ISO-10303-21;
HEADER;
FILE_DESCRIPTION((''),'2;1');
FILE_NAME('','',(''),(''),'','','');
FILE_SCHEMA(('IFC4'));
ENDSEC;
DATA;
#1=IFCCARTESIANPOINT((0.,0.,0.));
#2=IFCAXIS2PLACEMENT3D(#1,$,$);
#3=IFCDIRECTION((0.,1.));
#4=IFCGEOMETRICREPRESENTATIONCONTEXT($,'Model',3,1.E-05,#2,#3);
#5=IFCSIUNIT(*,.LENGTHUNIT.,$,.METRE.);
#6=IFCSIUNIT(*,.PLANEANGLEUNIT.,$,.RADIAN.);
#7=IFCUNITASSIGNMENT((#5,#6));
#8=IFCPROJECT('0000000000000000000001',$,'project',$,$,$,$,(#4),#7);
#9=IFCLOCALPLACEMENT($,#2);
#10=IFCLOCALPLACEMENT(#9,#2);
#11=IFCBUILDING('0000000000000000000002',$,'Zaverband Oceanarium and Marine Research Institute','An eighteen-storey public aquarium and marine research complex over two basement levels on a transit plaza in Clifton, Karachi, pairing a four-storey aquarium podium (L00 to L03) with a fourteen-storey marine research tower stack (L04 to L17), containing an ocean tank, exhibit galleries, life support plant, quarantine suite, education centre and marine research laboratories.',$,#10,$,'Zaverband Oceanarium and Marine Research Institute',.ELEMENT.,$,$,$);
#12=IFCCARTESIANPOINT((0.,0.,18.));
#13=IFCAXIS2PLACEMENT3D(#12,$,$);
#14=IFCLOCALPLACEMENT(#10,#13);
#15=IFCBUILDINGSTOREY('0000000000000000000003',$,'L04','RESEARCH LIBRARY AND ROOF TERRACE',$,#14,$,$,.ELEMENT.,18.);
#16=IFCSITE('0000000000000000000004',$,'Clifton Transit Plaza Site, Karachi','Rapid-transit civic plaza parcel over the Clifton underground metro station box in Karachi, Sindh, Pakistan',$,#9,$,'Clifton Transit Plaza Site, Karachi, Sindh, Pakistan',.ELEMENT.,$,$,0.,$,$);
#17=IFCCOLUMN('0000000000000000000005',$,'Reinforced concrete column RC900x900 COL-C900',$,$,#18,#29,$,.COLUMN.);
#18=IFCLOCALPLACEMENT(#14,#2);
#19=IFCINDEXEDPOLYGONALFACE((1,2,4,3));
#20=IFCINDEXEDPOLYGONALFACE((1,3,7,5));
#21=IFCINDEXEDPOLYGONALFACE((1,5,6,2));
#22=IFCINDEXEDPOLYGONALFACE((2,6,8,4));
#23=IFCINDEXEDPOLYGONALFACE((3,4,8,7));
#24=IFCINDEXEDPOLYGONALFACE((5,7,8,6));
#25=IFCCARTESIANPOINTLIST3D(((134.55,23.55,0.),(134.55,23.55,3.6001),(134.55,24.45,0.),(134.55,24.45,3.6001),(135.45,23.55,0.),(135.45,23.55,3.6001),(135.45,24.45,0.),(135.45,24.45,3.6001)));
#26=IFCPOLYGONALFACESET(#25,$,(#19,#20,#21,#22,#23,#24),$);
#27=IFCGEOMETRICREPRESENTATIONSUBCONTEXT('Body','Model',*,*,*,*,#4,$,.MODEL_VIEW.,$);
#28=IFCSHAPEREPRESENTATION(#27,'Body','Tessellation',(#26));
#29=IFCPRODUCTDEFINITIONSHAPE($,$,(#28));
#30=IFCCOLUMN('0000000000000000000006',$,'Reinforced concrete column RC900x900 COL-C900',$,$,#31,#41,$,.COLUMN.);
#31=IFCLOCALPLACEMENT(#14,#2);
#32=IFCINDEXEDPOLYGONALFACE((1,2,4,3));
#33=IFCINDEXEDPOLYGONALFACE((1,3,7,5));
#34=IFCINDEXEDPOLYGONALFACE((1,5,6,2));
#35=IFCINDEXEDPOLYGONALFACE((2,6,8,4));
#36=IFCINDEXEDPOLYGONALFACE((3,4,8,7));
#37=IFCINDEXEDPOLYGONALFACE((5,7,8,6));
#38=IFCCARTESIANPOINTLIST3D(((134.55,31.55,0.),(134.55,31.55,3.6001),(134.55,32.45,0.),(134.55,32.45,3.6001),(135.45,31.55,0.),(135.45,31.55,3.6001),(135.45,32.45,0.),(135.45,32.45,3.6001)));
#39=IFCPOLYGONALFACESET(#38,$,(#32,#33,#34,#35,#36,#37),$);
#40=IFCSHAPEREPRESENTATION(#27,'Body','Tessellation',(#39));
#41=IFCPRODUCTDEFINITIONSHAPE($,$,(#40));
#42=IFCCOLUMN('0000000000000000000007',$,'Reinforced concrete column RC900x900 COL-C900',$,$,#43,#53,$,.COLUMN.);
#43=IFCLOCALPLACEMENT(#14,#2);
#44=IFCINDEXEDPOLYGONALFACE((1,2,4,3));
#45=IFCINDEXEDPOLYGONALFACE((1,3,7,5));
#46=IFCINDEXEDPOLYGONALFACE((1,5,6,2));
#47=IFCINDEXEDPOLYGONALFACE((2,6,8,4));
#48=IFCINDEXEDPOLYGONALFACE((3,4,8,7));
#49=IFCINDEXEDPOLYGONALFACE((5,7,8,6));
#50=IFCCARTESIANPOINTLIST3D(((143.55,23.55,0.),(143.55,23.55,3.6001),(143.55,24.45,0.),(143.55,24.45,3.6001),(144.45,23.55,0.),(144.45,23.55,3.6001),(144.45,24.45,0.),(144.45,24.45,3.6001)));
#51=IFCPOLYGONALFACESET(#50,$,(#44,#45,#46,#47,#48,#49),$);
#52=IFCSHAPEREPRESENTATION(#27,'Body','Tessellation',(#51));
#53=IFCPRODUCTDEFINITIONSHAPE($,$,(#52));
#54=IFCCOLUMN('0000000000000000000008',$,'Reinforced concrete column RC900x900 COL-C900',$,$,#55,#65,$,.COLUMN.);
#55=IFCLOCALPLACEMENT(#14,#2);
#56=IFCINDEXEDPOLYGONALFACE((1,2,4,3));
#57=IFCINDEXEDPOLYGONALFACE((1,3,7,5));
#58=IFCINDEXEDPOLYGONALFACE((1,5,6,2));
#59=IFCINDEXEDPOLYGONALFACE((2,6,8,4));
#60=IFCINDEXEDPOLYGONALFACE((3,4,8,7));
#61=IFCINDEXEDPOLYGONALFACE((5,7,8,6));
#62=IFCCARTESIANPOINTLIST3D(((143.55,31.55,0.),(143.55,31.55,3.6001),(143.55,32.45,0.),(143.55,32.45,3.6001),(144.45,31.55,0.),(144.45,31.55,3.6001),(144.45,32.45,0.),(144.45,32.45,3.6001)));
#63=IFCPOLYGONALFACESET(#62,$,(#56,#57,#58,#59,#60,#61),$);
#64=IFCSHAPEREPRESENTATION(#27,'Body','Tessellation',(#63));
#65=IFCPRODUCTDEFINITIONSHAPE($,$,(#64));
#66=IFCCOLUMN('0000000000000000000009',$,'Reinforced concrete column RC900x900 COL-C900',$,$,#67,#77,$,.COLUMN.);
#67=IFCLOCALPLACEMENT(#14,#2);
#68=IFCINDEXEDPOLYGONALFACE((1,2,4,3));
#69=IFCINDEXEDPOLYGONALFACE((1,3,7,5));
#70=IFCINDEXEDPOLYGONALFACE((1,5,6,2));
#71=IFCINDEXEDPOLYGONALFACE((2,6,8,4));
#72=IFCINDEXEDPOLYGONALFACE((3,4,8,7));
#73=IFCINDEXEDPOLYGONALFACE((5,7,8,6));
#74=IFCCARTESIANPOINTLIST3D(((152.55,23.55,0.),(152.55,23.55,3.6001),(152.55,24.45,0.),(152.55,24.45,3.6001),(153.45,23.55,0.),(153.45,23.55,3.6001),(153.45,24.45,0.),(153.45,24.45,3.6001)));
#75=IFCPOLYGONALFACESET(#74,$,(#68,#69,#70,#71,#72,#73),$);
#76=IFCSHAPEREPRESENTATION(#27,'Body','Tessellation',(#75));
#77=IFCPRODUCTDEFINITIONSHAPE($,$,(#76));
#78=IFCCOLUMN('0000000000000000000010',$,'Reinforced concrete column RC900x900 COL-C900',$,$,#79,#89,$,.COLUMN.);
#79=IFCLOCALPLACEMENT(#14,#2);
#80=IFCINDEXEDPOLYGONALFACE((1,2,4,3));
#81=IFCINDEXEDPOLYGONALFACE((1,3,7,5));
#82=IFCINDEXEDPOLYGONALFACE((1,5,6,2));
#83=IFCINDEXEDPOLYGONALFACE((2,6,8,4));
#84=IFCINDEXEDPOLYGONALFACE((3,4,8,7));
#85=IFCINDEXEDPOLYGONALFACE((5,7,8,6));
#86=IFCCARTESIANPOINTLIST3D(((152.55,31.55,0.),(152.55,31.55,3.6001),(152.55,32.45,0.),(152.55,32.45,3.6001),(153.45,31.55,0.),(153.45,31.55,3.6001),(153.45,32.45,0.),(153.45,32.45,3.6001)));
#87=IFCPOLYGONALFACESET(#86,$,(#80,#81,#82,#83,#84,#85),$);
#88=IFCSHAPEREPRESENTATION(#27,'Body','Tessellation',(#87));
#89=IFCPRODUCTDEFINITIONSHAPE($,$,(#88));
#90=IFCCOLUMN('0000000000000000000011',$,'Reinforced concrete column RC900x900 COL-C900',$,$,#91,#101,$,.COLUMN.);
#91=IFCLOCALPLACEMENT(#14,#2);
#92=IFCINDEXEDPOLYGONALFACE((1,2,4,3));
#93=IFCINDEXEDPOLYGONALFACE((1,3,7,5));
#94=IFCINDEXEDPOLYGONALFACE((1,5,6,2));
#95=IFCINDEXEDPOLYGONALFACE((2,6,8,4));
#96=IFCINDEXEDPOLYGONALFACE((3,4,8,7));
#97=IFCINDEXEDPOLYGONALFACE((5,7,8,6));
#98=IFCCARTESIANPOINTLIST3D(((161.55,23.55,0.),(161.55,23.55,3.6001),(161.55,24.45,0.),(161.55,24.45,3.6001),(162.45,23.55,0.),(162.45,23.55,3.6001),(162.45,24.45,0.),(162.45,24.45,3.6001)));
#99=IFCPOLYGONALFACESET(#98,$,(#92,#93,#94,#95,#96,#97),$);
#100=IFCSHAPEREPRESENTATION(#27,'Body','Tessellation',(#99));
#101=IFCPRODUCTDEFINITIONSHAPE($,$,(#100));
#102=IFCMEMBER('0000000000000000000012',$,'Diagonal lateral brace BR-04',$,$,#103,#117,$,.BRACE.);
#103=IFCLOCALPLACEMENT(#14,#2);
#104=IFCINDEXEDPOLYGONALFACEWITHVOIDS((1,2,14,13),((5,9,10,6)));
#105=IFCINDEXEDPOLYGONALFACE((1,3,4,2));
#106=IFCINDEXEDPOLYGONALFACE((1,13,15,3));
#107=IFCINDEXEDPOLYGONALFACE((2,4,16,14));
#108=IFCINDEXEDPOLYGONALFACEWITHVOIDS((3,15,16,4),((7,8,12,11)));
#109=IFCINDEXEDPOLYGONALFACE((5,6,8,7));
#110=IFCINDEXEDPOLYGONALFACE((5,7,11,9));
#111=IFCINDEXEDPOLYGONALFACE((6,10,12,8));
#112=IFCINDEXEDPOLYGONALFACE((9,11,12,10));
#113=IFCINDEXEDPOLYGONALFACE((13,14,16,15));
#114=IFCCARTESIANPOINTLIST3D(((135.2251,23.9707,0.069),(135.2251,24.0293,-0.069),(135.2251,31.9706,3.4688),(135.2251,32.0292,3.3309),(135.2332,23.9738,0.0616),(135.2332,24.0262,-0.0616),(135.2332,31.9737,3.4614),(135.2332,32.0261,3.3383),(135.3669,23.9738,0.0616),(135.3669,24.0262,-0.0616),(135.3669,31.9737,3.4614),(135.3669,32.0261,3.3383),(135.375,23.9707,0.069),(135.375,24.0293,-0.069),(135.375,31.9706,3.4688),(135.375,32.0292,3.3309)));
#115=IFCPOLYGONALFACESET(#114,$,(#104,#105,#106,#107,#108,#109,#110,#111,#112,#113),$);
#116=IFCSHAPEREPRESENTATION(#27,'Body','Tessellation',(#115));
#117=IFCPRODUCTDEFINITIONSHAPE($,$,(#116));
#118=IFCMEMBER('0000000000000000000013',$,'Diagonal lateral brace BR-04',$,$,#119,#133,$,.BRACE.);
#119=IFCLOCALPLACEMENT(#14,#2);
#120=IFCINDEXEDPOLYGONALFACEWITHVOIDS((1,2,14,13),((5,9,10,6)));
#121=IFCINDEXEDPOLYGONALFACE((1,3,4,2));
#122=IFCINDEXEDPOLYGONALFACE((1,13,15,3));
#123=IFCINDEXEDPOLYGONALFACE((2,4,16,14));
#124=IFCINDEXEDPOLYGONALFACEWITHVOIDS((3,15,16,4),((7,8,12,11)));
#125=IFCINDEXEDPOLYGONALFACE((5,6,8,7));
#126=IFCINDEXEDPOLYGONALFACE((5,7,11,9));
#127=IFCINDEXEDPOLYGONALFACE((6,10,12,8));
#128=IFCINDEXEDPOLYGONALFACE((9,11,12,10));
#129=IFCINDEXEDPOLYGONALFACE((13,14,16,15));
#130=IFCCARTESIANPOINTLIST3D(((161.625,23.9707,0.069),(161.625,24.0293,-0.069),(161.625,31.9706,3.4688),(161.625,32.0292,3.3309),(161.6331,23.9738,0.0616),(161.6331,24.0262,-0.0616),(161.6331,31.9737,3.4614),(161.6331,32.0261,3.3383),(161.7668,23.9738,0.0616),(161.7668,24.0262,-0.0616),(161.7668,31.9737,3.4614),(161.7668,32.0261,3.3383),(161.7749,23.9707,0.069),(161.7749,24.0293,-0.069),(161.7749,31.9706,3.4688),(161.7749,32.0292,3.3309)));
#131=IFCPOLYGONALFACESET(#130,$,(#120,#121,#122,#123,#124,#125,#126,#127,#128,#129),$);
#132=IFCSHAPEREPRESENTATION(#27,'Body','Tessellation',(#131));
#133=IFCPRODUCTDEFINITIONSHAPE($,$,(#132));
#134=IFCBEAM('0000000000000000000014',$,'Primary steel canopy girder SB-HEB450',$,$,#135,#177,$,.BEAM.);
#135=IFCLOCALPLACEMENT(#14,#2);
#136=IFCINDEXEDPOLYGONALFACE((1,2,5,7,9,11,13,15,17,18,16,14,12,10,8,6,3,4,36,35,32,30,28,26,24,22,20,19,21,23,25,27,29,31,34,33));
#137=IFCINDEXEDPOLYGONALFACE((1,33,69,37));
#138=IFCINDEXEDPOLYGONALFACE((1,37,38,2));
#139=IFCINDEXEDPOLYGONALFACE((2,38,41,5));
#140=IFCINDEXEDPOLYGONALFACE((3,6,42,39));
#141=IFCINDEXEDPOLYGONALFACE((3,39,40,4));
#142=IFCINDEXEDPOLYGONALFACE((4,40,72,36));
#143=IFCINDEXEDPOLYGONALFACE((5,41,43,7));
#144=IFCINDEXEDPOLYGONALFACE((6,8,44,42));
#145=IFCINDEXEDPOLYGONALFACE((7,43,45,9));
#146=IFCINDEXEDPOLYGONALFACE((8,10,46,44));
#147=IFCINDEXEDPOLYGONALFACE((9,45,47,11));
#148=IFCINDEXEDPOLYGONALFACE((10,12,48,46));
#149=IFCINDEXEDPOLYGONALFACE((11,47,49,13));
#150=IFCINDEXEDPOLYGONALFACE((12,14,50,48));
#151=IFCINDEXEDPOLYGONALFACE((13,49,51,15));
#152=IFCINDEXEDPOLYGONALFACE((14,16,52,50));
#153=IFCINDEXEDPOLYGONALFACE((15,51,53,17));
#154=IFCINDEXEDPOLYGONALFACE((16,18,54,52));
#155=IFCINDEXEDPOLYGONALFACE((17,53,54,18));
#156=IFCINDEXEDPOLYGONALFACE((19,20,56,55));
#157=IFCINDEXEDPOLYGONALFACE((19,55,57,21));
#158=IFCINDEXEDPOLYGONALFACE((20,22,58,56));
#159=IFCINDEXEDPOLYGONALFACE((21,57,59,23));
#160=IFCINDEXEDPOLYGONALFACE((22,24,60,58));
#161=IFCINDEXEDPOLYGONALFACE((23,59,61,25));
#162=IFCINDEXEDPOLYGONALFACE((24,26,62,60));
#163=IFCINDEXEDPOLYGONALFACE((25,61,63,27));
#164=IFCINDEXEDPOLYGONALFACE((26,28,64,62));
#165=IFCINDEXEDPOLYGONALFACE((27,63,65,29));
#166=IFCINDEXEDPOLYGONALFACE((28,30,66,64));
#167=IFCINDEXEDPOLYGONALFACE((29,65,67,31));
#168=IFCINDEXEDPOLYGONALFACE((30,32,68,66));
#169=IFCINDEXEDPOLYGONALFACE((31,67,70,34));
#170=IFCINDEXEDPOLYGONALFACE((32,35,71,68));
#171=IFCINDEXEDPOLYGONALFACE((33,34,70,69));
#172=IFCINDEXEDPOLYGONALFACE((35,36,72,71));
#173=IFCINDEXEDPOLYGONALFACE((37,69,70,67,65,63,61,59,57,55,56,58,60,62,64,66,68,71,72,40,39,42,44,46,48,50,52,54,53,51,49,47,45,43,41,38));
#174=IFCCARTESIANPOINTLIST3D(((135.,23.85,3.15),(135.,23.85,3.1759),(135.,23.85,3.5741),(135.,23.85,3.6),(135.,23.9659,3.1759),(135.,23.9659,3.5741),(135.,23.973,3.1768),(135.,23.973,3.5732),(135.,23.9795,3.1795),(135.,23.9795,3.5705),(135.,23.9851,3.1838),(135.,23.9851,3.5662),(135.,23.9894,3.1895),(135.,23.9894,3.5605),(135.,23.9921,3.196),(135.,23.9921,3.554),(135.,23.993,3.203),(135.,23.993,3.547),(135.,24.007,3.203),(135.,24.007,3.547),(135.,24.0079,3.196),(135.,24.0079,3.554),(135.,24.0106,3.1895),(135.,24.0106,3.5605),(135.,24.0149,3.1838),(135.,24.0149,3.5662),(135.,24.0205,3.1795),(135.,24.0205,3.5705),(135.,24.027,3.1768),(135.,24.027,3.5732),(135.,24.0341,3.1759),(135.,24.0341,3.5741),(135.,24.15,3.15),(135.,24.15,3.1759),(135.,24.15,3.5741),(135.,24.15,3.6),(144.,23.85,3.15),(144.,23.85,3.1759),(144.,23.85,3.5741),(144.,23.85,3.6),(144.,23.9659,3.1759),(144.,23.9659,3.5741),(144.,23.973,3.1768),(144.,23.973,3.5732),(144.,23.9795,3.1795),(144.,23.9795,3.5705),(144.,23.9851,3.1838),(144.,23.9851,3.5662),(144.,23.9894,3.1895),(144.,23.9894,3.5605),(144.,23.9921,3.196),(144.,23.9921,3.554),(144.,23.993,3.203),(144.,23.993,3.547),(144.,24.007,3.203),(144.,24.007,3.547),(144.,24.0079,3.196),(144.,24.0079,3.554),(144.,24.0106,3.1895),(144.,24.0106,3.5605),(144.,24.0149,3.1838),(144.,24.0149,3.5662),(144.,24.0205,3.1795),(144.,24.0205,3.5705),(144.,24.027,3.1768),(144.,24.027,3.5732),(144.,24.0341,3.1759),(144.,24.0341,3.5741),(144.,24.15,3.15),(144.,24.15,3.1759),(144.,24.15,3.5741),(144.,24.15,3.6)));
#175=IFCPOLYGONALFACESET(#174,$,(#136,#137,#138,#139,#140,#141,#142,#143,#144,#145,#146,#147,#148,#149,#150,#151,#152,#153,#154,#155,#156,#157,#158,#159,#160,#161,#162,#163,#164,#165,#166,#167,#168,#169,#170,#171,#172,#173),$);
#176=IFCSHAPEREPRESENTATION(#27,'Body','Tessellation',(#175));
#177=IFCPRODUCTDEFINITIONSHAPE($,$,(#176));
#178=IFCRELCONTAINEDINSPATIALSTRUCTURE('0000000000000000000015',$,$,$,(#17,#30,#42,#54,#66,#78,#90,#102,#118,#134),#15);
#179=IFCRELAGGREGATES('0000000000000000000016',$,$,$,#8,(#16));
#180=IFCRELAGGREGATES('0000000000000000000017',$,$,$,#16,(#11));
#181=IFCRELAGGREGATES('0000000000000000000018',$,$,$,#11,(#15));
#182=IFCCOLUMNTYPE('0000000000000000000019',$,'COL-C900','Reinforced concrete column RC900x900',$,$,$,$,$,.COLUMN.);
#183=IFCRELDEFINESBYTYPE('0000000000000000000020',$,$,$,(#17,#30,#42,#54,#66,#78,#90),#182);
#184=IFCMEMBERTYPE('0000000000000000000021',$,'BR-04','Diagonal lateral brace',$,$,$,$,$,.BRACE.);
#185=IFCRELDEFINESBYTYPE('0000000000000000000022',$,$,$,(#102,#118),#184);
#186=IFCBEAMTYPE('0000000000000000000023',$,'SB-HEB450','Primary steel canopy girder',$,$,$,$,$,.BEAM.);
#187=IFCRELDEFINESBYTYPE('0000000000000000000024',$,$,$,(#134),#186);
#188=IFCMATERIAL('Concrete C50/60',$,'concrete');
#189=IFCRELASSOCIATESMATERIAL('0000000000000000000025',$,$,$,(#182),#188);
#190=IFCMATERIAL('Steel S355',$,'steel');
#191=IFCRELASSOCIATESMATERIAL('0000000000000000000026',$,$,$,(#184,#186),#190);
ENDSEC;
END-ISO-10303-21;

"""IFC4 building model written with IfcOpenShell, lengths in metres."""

from ifc_helpers import new_model, si_unit, direction, frame, origin, origin_2d, place, context, subcontext, project, spatial, rectangle, hollow_rectangle, i_section, extrude, material, material_profile, profile_set, type_object, element, save


model = new_model("IFC4")

# Units and contexts
model_context = context("Model", 3, precision=1e-05, world=origin(), true_north=direction((0.0, 1.0)))
body_context = subcontext(model_context, "Body", "Model", "MODEL_VIEW")
ifc_project = project(units=[si_unit("LENGTHUNIT", "METRE"), si_unit("PLANEANGLEUNIT", "RADIAN")], contexts=[model_context])

# Site, building, storey
site_placement = place(None, origin())
site = spatial("IfcSite", under=ifc_project, at=site_placement, Name="Clifton Transit Plaza Site, Karachi", Description="Rapid-transit civic plaza parcel over the Clifton underground metro station box in Karachi, Sindh, Pakistan", LongName="Clifton Transit Plaza Site, Karachi, Sindh, Pakistan", CompositionType="ELEMENT", RefElevation=0.0)
building_placement = place(site_placement, origin())
building = spatial("IfcBuilding", under=site, at=building_placement, Name="Zaverband Oceanarium and Marine Research Institute", Description="An eighteen-storey public aquarium and marine research complex over two basement levels on a transit plaza in Clifton, Karachi, pairing a four-storey aquarium podium (L00 to L03) with a fourteen-storey marine research tower stack (L04 to L17), containing an ocean tank, exhibit galleries, life support plant, quarantine suite, education centre and marine research laboratories.", LongName="Zaverband Oceanarium and Marine Research Institute", CompositionType="ELEMENT")
storey_placement = place(building_placement, frame((0.0, 0.0, 18.0)))
storey = spatial("IfcBuildingStorey", under=building, at=storey_placement, Name="L04", Description="RESEARCH LIBRARY AND ROOF TERRACE", CompositionType="ELEMENT", Elevation=18.0)

# Columns
ifc_material_1 = material(Name="Concrete C50/60", Category="concrete")
ifc_material_profile_1 = material_profile(ifc_material_1, rectangle(XDim=0.8999, YDim=0.8999, at=origin_2d()), Name="RC900x900")
ifc_profile_set_1 = profile_set([ifc_material_profile_1], Name="Concrete C50/60")
column_type = type_object("IfcColumnType", Name="COL-C900", Description="Reinforced concrete column RC900x900", PredefinedType="COLUMN", material=ifc_profile_set_1)
for number, where, z_axis, x_axis, name in (
    (1, (135.0, 24.0, 0.0), (0.0, 0.0, 1.0), (1.0, 0.0, 0.0), "Reinforced concrete column RC900x900 COL-C900"),
    (2, (135.0, 32.0, 0.0), (0.0, 0.0, 1.0), (1.0, 0.0, 0.0), "Reinforced concrete column RC900x900 COL-C900"),
    (3, (144.0, 24.0, 0.0), (0.0, 0.0, 1.0), (1.0, 0.0, 0.0), "Reinforced concrete column RC900x900 COL-C900"),
    (4, (144.0, 32.0, 0.0), (0.0, 0.0, 1.0), (1.0, 0.0, 0.0), "Reinforced concrete column RC900x900 COL-C900"),
    (5, (153.0, 24.0, 0.0), (0.0, 0.0, 1.0), (1.0, 0.0, 0.0), "Reinforced concrete column RC900x900 COL-C900"),
    (6, (153.0, 32.0, 0.0), (0.0, 0.0, 1.0), (1.0, 0.0, 0.0), "Reinforced concrete column RC900x900 COL-C900"),
    (7, (162.0, 24.0, 0.0), (0.0, 0.0, 1.0), (1.0, 0.0, 0.0), "Reinforced concrete column RC900x900 COL-C900"),
):
    element("IfcColumn", number, at=place(storey_placement, frame(where, z_axis=z_axis, x_axis=x_axis)), inside=storey, type_object=column_type, Name=name, PredefinedType="COLUMN", context=body_context, shape_type="SweptSolid", body=[
        extrude(rectangle(XDim=0.8999, YDim=0.8999, at=origin_2d()), origin(), (0.0, 0.0, 1.0), 3.6001),
    ])

# Members
ifc_material_2 = material(Name="Steel S355", Category="steel")
ifc_material_profile_2 = material_profile(ifc_material_2, hollow_rectangle(XDim=0.1499, YDim=0.1499, WallThickness=0.0081, at=origin_2d()), Name="SHS150x150x8")
ifc_profile_set_2 = profile_set([ifc_material_profile_2], Name="Steel S355")
member_type = type_object("IfcMemberType", Name="BR-04", Description="Diagonal lateral brace", PredefinedType="BRACE", material=ifc_profile_set_2)
for number, where, z_axis, x_axis, name in (
    (8, (135.3, 24.0, 0.0), (0.0, 0.920335, 0.391131), (-1.0, 0.0, 0.0), "Diagonal lateral brace BR-04"),
    (9, (161.7, 24.0, 0.0), (0.0, 0.920335, 0.391131), (-1.0, 0.0, 0.0), "Diagonal lateral brace BR-04"),
):
    element("IfcMember", number, at=place(storey_placement, frame(where, z_axis=z_axis, x_axis=x_axis)), inside=storey, type_object=member_type, Name=name, PredefinedType="BRACE", context=body_context, shape_type="SweptSolid", body=[
        extrude(hollow_rectangle(XDim=0.1499, YDim=0.1499, WallThickness=0.0081, at=origin_2d()), origin(), (0.0, 0.0, 1.0), 8.6924),
    ])

# Beam
ifc_material_profile_3 = material_profile(ifc_material_2, i_section(OverallWidth=0.3, OverallDepth=0.45, WebThickness=0.0139, FlangeThickness=0.0259, FilletRadius=0.0271, at=origin_2d()), Name="HEB450")
ifc_profile_set_3 = profile_set([ifc_material_profile_3], Name="Steel S355")
beam_type = type_object("IfcBeamType", Name="SB-HEB450", Description="Primary steel canopy girder", PredefinedType="BEAM", material=ifc_profile_set_3)
for number, where, z_axis, x_axis, name in (
    (10, (135.0, 24.0, 3.375), (1.0, 0.0, 0.0), (0.0, 1.0, 0.0), "Primary steel canopy girder SB-HEB450"),
):
    element("IfcBeam", number, at=place(storey_placement, frame(where, z_axis=z_axis, x_axis=x_axis)), inside=storey, type_object=beam_type, Name=name, PredefinedType="BEAM", context=body_context, shape_type="SweptSolid", body=[
        extrude(i_section(OverallWidth=0.3, OverallDepth=0.45, WebThickness=0.0139, FlangeThickness=0.0259, FilletRadius=0.0271, at=origin_2d()), origin(), (0.0, 0.0, 1.0), 9.0),
    ])

save(model, "model.ifc")
